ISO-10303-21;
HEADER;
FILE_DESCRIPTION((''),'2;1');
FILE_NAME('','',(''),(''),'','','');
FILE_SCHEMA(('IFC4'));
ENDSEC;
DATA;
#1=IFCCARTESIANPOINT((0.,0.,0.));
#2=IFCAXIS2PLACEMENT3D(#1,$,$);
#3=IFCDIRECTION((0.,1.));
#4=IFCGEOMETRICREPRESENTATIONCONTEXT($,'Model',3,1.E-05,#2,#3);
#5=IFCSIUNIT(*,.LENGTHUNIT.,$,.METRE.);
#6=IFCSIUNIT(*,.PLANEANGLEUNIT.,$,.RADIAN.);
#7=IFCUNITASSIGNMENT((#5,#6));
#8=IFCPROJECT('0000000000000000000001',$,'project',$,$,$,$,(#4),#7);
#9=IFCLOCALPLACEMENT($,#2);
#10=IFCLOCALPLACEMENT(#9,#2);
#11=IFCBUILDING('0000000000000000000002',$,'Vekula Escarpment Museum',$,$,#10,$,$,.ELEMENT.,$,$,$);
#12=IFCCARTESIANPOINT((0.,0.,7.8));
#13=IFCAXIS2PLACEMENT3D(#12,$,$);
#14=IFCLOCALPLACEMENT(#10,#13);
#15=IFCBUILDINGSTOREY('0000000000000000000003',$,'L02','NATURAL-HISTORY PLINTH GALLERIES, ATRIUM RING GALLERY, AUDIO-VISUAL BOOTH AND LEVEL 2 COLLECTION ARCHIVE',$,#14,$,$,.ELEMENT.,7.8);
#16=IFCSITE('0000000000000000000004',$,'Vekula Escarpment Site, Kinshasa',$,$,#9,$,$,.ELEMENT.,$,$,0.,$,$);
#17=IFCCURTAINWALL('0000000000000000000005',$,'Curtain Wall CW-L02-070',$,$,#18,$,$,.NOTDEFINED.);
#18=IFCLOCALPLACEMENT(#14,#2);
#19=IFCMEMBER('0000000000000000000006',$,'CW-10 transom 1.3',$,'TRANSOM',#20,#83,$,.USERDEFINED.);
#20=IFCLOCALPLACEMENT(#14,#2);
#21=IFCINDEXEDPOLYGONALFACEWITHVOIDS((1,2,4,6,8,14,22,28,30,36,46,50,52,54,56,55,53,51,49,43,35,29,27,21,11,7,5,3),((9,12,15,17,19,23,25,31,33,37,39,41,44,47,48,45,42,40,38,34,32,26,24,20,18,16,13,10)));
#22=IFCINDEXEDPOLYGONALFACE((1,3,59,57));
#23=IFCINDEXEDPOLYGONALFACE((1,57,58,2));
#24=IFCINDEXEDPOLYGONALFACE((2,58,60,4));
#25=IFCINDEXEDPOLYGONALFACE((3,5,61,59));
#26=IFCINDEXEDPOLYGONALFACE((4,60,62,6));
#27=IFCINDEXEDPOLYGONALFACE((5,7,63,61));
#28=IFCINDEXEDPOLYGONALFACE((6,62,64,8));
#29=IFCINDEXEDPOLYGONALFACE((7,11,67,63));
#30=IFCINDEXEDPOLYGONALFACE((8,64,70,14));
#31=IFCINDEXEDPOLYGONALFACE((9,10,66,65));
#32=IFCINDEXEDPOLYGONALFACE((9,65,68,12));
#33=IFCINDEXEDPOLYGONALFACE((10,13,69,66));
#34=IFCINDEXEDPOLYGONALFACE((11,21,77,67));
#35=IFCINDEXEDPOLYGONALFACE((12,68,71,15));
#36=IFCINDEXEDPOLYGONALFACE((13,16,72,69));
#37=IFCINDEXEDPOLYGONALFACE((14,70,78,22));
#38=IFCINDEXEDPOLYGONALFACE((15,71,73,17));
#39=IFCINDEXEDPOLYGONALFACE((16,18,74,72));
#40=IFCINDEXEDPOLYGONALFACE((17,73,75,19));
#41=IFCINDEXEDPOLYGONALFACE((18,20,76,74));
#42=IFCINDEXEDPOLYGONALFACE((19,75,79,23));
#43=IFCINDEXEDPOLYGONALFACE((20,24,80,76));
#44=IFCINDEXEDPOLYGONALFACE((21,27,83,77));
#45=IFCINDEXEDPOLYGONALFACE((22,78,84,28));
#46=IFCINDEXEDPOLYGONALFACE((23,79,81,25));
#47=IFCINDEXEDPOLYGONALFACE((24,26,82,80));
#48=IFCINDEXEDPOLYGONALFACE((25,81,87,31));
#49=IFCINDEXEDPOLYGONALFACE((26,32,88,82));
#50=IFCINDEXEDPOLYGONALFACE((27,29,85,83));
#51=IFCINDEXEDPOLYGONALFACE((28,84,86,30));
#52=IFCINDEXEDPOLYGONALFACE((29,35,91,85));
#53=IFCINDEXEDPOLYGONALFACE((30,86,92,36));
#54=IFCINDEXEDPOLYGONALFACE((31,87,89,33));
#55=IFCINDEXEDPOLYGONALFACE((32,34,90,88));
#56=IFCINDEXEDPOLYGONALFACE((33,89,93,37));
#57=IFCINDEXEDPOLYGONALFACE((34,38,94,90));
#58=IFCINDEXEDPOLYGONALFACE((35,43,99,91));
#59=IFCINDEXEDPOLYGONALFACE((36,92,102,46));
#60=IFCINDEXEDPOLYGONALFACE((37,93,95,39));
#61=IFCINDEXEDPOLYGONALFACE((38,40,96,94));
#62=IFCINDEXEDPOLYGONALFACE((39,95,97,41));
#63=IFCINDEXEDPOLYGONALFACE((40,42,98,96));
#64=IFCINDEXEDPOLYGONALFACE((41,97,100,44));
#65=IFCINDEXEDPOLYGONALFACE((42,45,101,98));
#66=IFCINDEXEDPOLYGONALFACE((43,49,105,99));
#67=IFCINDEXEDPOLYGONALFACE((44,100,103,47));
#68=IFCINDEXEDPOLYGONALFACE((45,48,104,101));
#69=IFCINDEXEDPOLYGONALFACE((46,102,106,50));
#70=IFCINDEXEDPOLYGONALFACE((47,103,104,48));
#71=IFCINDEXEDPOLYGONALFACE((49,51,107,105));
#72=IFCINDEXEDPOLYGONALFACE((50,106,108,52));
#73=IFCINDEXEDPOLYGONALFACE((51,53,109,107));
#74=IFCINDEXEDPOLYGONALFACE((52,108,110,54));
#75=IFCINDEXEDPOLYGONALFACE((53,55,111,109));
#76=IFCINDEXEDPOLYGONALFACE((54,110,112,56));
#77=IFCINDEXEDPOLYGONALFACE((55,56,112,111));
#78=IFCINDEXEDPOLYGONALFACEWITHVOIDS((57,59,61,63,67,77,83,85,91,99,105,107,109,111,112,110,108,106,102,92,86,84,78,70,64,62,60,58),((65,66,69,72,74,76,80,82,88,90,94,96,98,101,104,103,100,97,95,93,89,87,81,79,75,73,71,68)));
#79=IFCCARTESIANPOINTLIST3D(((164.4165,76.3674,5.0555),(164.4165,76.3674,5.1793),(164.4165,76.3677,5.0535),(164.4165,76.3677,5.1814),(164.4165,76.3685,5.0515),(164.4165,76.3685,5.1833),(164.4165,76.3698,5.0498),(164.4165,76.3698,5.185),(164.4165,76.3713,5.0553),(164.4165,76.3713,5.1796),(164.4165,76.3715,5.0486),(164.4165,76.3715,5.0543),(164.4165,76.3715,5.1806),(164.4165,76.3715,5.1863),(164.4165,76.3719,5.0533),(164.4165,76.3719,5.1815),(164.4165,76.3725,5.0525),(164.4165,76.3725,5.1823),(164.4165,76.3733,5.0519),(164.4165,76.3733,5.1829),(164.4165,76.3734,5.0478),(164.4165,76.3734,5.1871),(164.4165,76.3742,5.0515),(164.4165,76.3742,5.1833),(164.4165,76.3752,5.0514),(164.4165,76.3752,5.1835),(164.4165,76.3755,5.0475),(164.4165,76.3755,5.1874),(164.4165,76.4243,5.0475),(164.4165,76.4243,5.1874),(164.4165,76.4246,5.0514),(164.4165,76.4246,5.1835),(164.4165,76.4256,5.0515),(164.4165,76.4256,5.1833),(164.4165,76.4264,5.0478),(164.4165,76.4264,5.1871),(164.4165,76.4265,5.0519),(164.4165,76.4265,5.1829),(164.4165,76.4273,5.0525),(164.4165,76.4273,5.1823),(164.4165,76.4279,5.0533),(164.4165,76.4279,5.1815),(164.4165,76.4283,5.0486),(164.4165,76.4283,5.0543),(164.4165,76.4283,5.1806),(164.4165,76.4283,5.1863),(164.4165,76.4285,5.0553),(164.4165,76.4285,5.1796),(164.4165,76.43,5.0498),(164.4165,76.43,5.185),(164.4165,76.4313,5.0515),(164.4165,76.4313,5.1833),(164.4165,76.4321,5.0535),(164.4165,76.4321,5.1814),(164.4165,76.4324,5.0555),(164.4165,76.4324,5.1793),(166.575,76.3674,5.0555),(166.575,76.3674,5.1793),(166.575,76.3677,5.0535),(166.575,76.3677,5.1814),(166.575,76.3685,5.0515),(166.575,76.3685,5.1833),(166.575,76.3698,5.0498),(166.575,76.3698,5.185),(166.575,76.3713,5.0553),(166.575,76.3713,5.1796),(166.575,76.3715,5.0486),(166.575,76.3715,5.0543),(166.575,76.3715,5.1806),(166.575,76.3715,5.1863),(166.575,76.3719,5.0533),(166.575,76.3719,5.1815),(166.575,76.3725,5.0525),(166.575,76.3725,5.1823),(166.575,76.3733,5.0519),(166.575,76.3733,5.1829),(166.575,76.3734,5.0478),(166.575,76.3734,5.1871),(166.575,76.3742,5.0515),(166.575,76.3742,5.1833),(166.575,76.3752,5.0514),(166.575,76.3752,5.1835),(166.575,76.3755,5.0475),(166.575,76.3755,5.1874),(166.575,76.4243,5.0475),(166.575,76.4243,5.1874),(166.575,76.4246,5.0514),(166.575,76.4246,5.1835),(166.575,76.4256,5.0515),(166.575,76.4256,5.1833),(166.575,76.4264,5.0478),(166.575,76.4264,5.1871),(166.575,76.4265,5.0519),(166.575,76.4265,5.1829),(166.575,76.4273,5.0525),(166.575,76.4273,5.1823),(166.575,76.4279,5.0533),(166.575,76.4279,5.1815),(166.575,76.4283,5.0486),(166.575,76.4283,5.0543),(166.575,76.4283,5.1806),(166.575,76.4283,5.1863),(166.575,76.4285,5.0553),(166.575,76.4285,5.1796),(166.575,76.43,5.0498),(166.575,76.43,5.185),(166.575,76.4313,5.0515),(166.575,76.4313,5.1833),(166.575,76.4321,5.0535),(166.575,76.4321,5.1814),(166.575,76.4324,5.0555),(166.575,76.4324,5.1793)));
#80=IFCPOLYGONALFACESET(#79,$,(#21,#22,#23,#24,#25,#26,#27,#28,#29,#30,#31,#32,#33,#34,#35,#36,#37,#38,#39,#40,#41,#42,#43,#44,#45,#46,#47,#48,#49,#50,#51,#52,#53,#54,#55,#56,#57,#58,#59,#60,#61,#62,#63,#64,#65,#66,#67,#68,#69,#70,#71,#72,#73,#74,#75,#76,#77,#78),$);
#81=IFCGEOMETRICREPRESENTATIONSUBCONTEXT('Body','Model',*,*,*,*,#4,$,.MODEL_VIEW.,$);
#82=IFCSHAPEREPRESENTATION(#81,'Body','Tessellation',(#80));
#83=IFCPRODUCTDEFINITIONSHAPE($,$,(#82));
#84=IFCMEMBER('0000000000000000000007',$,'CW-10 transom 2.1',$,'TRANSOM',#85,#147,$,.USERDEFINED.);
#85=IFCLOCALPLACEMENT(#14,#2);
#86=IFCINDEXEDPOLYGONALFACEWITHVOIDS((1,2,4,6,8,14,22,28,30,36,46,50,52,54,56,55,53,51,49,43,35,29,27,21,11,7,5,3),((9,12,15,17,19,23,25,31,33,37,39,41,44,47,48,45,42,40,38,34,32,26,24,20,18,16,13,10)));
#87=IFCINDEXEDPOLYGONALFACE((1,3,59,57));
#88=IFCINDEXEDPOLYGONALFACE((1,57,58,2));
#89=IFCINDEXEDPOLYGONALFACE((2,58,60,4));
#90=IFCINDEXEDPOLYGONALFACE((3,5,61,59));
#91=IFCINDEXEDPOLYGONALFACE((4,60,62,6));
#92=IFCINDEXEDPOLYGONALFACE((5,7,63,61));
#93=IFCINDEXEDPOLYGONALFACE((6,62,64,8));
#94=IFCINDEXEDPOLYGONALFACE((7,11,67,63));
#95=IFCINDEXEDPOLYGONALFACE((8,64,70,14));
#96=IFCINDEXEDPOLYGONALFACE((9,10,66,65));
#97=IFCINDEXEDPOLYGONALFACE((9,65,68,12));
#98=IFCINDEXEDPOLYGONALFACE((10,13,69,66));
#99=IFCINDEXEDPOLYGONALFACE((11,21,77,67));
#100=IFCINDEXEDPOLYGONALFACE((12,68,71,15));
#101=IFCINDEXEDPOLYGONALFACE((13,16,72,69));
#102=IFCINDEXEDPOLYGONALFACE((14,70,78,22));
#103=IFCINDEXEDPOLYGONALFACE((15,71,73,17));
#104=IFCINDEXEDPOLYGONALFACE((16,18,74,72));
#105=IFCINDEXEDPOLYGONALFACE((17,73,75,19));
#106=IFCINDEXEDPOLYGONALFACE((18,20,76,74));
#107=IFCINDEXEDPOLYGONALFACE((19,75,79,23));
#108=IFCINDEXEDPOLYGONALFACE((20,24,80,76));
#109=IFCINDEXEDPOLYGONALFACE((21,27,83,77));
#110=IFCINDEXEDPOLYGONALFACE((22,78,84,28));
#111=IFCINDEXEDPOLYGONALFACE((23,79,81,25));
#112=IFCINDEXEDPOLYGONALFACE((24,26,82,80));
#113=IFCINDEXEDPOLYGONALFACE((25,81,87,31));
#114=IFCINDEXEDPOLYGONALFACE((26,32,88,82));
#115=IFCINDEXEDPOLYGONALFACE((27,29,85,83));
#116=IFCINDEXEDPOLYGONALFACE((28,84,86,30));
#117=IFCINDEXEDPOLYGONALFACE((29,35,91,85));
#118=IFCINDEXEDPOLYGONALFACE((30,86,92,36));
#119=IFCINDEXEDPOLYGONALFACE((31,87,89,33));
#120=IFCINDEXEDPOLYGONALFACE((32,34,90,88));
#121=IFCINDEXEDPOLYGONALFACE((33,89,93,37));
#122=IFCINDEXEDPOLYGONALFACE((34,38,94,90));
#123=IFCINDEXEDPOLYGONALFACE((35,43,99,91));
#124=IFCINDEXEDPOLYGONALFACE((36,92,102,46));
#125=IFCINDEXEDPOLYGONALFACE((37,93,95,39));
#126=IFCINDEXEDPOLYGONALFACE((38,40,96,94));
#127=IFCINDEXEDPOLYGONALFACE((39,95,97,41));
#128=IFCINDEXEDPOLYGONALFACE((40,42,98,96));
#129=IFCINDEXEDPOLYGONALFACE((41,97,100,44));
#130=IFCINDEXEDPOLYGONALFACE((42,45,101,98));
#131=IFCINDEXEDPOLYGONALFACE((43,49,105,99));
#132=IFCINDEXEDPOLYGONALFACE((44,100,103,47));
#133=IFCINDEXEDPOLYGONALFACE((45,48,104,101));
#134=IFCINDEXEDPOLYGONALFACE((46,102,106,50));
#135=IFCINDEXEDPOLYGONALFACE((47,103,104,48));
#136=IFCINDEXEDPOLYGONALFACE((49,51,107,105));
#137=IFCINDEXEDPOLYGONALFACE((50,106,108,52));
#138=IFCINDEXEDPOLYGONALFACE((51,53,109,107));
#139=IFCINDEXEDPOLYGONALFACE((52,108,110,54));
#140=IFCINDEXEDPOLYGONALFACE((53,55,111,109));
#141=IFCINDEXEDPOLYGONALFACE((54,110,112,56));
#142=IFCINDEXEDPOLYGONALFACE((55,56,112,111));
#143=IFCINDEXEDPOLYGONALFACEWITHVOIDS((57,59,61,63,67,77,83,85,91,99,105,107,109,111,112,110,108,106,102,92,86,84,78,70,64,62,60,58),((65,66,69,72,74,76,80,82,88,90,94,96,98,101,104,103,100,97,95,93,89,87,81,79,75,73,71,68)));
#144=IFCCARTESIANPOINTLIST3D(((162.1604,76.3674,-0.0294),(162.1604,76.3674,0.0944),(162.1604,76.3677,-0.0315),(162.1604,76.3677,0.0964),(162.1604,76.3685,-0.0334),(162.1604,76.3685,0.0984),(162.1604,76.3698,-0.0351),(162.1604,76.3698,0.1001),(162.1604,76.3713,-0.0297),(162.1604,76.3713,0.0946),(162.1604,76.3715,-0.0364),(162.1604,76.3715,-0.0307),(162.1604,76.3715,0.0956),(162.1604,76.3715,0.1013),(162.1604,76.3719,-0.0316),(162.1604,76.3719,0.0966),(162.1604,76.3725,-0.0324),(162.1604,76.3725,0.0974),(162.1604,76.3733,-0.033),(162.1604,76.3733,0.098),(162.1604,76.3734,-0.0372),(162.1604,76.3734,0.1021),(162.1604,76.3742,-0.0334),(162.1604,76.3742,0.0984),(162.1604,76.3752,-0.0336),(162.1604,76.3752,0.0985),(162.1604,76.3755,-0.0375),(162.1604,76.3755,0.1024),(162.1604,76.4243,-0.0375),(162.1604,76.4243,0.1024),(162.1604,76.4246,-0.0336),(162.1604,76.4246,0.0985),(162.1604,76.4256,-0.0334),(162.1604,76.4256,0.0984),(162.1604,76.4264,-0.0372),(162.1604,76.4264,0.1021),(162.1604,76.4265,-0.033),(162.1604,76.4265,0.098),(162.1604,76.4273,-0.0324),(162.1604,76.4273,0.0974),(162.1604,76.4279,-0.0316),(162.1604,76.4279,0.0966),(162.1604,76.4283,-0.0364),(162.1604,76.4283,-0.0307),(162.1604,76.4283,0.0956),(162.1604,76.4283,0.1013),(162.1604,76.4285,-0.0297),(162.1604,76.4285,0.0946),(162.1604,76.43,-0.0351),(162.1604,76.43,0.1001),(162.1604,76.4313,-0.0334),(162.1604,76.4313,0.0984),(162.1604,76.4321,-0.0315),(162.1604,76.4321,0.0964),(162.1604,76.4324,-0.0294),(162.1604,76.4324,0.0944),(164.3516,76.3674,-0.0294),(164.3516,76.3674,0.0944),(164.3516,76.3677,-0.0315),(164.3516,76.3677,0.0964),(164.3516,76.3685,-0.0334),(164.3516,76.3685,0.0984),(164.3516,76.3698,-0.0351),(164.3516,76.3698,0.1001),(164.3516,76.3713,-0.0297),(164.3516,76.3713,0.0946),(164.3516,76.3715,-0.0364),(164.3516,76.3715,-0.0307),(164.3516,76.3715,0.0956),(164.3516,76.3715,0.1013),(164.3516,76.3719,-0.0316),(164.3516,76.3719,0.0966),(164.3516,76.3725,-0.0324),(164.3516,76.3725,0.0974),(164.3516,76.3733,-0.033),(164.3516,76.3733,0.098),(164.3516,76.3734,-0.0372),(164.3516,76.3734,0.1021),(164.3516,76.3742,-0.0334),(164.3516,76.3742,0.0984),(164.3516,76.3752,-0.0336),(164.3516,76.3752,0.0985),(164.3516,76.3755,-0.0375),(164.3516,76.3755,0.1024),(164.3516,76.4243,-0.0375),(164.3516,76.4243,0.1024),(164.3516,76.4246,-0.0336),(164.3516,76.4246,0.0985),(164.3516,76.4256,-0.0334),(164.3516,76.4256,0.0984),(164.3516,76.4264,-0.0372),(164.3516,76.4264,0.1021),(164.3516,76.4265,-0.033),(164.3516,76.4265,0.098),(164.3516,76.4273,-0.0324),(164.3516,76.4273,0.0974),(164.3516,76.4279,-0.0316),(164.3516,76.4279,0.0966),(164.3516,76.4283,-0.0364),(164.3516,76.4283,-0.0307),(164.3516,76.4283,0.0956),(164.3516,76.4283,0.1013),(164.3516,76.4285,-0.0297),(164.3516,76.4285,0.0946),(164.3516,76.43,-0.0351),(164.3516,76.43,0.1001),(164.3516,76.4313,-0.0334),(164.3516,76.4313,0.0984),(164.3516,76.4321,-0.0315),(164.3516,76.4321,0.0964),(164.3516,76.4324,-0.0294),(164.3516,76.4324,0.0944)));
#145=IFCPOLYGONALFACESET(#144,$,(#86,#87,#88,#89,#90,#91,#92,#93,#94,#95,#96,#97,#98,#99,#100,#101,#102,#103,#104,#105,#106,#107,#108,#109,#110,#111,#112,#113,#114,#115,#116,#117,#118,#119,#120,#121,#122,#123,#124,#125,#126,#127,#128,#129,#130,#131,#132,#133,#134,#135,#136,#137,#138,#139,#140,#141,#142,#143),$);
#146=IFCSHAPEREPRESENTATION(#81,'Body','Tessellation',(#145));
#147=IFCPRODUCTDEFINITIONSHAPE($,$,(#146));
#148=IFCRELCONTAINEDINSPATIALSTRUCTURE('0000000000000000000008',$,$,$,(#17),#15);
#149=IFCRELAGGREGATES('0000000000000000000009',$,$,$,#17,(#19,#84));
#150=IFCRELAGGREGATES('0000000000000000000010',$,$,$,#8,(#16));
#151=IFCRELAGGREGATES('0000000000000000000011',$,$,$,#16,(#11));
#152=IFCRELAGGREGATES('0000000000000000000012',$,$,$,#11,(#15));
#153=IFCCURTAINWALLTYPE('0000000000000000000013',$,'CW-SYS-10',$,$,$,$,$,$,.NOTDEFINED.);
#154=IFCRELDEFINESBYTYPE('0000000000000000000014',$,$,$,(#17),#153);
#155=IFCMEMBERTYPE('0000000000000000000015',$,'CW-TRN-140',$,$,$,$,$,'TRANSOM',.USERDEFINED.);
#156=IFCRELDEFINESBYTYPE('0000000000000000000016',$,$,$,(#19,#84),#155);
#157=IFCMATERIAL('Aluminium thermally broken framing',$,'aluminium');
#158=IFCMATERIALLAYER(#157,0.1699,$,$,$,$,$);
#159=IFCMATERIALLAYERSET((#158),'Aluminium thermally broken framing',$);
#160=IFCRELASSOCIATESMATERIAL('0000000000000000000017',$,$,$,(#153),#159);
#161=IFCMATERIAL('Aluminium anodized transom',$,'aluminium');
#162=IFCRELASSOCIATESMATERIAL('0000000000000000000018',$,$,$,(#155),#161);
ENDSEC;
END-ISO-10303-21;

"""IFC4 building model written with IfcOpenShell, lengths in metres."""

from ifc_helpers import new_model, si_unit, direction, frame, origin, origin_2d, place, context, subcontext, project, spatial, hollow_rectangle, extrude, material, layer, layer_set, material_profile, profile_set, type_object, element, aggregate, save


model = new_model("IFC4")

# Units and contexts
model_context = context("Model", 3, precision=1e-05, world=origin(), true_north=direction((0.0, 1.0)))
body_context = subcontext(model_context, "Body", "Model", "MODEL_VIEW")
ifc_project = project(units=[si_unit("LENGTHUNIT", "METRE"), si_unit("PLANEANGLEUNIT", "RADIAN")], contexts=[model_context])

# Site, building, storey
site_placement = place(None, origin())
site = spatial("IfcSite", under=ifc_project, at=site_placement, Name="Vekula Escarpment Site, Kinshasa", CompositionType="ELEMENT", RefElevation=0.0)
building_placement = place(site_placement, origin())
building = spatial("IfcBuilding", under=site, at=building_placement, Name="Vekula Escarpment Museum", CompositionType="ELEMENT")
storey_placement = place(building_placement, frame((0.0, 0.0, 7.8)))
storey = spatial("IfcBuildingStorey", under=building, at=storey_placement, Name="L02", Description="NATURAL-HISTORY PLINTH GALLERIES, ATRIUM RING GALLERY, AUDIO-VISUAL BOOTH AND LEVEL 2 COLLECTION ARCHIVE", CompositionType="ELEMENT", Elevation=7.8)

# Curtain wall, members
ifc_material_1 = material(Name="Aluminium thermally broken framing", Category="aluminium")
ifc_layer_1 = layer(ifc_material_1, 0.1699)
ifc_layer_set_1 = layer_set([ifc_layer_1], Name="Aluminium thermally broken framing")
curtain_wall_type = type_object("IfcCurtainWallType", Name="CW-SYS-10", PredefinedType="NOTDEFINED", material=ifc_layer_set_1)
curtain_wall_placement = place(storey_placement, origin())
curtain_wall = element("IfcCurtainWall", 1, at=curtain_wall_placement, inside=storey, type_object=curtain_wall_type, Name="Curtain Wall CW-L02-070", PredefinedType="NOTDEFINED")
ifc_material_2 = material(Name="Aluminium anodized transom", Category="aluminium")
ifc_material_profile_1 = material_profile(ifc_material_2, hollow_rectangle(XDim=0.0649, YDim=0.1399, WallThickness=0.0039, InnerFilletRadius=0.0039, OuterFilletRadius=0.0081, at=origin_2d()), Name="ALU 140x65x4")
ifc_profile_set_1 = profile_set([ifc_material_profile_1], Name="Aluminium anodized transom")
member_type_1 = type_object("IfcMemberType", Name="CW-TRN-140", ElementType="TRANSOM", PredefinedType="USERDEFINED", material=ifc_profile_set_1)
member_1_placement = place(storey_placement, frame((166.575, 76.3999, 5.1174), z_axis=(-1.0, 0.0, 0.0), x_axis=(0.0, -1.0, 0.0)))
member_1 = element("IfcMember", 2, at=member_1_placement, type_object=member_type_1, Name="CW-10 transom 1.3", ObjectType="TRANSOM", PredefinedType="USERDEFINED", context=body_context, shape_type="SweptSolid", body=[
    extrude(hollow_rectangle(XDim=0.0649, YDim=0.1399, WallThickness=0.0039, InnerFilletRadius=0.0039, OuterFilletRadius=0.0081, at=origin_2d()), origin(), (0.0, 0.0, 1.0), 2.1584),
])
member_2_placement = place(storey_placement, frame((164.3516, 76.3999, 0.0325), z_axis=(-1.0, 0.0, 0.0), x_axis=(0.0, -1.0, 0.0)))
member_2 = element("IfcMember", 3, at=member_2_placement, type_object=member_type_1, Name="CW-10 transom 2.1", ObjectType="TRANSOM", PredefinedType="USERDEFINED", context=body_context, shape_type="SweptSolid", body=[
    extrude(hollow_rectangle(XDim=0.0649, YDim=0.1399, WallThickness=0.0039, InnerFilletRadius=0.0039, OuterFilletRadius=0.0081, at=origin_2d()), origin(), (0.0, 0.0, 1.0), 2.1912),
])
aggregate(curtain_wall, [member_1, member_2])

save(model, "model.ifc")
